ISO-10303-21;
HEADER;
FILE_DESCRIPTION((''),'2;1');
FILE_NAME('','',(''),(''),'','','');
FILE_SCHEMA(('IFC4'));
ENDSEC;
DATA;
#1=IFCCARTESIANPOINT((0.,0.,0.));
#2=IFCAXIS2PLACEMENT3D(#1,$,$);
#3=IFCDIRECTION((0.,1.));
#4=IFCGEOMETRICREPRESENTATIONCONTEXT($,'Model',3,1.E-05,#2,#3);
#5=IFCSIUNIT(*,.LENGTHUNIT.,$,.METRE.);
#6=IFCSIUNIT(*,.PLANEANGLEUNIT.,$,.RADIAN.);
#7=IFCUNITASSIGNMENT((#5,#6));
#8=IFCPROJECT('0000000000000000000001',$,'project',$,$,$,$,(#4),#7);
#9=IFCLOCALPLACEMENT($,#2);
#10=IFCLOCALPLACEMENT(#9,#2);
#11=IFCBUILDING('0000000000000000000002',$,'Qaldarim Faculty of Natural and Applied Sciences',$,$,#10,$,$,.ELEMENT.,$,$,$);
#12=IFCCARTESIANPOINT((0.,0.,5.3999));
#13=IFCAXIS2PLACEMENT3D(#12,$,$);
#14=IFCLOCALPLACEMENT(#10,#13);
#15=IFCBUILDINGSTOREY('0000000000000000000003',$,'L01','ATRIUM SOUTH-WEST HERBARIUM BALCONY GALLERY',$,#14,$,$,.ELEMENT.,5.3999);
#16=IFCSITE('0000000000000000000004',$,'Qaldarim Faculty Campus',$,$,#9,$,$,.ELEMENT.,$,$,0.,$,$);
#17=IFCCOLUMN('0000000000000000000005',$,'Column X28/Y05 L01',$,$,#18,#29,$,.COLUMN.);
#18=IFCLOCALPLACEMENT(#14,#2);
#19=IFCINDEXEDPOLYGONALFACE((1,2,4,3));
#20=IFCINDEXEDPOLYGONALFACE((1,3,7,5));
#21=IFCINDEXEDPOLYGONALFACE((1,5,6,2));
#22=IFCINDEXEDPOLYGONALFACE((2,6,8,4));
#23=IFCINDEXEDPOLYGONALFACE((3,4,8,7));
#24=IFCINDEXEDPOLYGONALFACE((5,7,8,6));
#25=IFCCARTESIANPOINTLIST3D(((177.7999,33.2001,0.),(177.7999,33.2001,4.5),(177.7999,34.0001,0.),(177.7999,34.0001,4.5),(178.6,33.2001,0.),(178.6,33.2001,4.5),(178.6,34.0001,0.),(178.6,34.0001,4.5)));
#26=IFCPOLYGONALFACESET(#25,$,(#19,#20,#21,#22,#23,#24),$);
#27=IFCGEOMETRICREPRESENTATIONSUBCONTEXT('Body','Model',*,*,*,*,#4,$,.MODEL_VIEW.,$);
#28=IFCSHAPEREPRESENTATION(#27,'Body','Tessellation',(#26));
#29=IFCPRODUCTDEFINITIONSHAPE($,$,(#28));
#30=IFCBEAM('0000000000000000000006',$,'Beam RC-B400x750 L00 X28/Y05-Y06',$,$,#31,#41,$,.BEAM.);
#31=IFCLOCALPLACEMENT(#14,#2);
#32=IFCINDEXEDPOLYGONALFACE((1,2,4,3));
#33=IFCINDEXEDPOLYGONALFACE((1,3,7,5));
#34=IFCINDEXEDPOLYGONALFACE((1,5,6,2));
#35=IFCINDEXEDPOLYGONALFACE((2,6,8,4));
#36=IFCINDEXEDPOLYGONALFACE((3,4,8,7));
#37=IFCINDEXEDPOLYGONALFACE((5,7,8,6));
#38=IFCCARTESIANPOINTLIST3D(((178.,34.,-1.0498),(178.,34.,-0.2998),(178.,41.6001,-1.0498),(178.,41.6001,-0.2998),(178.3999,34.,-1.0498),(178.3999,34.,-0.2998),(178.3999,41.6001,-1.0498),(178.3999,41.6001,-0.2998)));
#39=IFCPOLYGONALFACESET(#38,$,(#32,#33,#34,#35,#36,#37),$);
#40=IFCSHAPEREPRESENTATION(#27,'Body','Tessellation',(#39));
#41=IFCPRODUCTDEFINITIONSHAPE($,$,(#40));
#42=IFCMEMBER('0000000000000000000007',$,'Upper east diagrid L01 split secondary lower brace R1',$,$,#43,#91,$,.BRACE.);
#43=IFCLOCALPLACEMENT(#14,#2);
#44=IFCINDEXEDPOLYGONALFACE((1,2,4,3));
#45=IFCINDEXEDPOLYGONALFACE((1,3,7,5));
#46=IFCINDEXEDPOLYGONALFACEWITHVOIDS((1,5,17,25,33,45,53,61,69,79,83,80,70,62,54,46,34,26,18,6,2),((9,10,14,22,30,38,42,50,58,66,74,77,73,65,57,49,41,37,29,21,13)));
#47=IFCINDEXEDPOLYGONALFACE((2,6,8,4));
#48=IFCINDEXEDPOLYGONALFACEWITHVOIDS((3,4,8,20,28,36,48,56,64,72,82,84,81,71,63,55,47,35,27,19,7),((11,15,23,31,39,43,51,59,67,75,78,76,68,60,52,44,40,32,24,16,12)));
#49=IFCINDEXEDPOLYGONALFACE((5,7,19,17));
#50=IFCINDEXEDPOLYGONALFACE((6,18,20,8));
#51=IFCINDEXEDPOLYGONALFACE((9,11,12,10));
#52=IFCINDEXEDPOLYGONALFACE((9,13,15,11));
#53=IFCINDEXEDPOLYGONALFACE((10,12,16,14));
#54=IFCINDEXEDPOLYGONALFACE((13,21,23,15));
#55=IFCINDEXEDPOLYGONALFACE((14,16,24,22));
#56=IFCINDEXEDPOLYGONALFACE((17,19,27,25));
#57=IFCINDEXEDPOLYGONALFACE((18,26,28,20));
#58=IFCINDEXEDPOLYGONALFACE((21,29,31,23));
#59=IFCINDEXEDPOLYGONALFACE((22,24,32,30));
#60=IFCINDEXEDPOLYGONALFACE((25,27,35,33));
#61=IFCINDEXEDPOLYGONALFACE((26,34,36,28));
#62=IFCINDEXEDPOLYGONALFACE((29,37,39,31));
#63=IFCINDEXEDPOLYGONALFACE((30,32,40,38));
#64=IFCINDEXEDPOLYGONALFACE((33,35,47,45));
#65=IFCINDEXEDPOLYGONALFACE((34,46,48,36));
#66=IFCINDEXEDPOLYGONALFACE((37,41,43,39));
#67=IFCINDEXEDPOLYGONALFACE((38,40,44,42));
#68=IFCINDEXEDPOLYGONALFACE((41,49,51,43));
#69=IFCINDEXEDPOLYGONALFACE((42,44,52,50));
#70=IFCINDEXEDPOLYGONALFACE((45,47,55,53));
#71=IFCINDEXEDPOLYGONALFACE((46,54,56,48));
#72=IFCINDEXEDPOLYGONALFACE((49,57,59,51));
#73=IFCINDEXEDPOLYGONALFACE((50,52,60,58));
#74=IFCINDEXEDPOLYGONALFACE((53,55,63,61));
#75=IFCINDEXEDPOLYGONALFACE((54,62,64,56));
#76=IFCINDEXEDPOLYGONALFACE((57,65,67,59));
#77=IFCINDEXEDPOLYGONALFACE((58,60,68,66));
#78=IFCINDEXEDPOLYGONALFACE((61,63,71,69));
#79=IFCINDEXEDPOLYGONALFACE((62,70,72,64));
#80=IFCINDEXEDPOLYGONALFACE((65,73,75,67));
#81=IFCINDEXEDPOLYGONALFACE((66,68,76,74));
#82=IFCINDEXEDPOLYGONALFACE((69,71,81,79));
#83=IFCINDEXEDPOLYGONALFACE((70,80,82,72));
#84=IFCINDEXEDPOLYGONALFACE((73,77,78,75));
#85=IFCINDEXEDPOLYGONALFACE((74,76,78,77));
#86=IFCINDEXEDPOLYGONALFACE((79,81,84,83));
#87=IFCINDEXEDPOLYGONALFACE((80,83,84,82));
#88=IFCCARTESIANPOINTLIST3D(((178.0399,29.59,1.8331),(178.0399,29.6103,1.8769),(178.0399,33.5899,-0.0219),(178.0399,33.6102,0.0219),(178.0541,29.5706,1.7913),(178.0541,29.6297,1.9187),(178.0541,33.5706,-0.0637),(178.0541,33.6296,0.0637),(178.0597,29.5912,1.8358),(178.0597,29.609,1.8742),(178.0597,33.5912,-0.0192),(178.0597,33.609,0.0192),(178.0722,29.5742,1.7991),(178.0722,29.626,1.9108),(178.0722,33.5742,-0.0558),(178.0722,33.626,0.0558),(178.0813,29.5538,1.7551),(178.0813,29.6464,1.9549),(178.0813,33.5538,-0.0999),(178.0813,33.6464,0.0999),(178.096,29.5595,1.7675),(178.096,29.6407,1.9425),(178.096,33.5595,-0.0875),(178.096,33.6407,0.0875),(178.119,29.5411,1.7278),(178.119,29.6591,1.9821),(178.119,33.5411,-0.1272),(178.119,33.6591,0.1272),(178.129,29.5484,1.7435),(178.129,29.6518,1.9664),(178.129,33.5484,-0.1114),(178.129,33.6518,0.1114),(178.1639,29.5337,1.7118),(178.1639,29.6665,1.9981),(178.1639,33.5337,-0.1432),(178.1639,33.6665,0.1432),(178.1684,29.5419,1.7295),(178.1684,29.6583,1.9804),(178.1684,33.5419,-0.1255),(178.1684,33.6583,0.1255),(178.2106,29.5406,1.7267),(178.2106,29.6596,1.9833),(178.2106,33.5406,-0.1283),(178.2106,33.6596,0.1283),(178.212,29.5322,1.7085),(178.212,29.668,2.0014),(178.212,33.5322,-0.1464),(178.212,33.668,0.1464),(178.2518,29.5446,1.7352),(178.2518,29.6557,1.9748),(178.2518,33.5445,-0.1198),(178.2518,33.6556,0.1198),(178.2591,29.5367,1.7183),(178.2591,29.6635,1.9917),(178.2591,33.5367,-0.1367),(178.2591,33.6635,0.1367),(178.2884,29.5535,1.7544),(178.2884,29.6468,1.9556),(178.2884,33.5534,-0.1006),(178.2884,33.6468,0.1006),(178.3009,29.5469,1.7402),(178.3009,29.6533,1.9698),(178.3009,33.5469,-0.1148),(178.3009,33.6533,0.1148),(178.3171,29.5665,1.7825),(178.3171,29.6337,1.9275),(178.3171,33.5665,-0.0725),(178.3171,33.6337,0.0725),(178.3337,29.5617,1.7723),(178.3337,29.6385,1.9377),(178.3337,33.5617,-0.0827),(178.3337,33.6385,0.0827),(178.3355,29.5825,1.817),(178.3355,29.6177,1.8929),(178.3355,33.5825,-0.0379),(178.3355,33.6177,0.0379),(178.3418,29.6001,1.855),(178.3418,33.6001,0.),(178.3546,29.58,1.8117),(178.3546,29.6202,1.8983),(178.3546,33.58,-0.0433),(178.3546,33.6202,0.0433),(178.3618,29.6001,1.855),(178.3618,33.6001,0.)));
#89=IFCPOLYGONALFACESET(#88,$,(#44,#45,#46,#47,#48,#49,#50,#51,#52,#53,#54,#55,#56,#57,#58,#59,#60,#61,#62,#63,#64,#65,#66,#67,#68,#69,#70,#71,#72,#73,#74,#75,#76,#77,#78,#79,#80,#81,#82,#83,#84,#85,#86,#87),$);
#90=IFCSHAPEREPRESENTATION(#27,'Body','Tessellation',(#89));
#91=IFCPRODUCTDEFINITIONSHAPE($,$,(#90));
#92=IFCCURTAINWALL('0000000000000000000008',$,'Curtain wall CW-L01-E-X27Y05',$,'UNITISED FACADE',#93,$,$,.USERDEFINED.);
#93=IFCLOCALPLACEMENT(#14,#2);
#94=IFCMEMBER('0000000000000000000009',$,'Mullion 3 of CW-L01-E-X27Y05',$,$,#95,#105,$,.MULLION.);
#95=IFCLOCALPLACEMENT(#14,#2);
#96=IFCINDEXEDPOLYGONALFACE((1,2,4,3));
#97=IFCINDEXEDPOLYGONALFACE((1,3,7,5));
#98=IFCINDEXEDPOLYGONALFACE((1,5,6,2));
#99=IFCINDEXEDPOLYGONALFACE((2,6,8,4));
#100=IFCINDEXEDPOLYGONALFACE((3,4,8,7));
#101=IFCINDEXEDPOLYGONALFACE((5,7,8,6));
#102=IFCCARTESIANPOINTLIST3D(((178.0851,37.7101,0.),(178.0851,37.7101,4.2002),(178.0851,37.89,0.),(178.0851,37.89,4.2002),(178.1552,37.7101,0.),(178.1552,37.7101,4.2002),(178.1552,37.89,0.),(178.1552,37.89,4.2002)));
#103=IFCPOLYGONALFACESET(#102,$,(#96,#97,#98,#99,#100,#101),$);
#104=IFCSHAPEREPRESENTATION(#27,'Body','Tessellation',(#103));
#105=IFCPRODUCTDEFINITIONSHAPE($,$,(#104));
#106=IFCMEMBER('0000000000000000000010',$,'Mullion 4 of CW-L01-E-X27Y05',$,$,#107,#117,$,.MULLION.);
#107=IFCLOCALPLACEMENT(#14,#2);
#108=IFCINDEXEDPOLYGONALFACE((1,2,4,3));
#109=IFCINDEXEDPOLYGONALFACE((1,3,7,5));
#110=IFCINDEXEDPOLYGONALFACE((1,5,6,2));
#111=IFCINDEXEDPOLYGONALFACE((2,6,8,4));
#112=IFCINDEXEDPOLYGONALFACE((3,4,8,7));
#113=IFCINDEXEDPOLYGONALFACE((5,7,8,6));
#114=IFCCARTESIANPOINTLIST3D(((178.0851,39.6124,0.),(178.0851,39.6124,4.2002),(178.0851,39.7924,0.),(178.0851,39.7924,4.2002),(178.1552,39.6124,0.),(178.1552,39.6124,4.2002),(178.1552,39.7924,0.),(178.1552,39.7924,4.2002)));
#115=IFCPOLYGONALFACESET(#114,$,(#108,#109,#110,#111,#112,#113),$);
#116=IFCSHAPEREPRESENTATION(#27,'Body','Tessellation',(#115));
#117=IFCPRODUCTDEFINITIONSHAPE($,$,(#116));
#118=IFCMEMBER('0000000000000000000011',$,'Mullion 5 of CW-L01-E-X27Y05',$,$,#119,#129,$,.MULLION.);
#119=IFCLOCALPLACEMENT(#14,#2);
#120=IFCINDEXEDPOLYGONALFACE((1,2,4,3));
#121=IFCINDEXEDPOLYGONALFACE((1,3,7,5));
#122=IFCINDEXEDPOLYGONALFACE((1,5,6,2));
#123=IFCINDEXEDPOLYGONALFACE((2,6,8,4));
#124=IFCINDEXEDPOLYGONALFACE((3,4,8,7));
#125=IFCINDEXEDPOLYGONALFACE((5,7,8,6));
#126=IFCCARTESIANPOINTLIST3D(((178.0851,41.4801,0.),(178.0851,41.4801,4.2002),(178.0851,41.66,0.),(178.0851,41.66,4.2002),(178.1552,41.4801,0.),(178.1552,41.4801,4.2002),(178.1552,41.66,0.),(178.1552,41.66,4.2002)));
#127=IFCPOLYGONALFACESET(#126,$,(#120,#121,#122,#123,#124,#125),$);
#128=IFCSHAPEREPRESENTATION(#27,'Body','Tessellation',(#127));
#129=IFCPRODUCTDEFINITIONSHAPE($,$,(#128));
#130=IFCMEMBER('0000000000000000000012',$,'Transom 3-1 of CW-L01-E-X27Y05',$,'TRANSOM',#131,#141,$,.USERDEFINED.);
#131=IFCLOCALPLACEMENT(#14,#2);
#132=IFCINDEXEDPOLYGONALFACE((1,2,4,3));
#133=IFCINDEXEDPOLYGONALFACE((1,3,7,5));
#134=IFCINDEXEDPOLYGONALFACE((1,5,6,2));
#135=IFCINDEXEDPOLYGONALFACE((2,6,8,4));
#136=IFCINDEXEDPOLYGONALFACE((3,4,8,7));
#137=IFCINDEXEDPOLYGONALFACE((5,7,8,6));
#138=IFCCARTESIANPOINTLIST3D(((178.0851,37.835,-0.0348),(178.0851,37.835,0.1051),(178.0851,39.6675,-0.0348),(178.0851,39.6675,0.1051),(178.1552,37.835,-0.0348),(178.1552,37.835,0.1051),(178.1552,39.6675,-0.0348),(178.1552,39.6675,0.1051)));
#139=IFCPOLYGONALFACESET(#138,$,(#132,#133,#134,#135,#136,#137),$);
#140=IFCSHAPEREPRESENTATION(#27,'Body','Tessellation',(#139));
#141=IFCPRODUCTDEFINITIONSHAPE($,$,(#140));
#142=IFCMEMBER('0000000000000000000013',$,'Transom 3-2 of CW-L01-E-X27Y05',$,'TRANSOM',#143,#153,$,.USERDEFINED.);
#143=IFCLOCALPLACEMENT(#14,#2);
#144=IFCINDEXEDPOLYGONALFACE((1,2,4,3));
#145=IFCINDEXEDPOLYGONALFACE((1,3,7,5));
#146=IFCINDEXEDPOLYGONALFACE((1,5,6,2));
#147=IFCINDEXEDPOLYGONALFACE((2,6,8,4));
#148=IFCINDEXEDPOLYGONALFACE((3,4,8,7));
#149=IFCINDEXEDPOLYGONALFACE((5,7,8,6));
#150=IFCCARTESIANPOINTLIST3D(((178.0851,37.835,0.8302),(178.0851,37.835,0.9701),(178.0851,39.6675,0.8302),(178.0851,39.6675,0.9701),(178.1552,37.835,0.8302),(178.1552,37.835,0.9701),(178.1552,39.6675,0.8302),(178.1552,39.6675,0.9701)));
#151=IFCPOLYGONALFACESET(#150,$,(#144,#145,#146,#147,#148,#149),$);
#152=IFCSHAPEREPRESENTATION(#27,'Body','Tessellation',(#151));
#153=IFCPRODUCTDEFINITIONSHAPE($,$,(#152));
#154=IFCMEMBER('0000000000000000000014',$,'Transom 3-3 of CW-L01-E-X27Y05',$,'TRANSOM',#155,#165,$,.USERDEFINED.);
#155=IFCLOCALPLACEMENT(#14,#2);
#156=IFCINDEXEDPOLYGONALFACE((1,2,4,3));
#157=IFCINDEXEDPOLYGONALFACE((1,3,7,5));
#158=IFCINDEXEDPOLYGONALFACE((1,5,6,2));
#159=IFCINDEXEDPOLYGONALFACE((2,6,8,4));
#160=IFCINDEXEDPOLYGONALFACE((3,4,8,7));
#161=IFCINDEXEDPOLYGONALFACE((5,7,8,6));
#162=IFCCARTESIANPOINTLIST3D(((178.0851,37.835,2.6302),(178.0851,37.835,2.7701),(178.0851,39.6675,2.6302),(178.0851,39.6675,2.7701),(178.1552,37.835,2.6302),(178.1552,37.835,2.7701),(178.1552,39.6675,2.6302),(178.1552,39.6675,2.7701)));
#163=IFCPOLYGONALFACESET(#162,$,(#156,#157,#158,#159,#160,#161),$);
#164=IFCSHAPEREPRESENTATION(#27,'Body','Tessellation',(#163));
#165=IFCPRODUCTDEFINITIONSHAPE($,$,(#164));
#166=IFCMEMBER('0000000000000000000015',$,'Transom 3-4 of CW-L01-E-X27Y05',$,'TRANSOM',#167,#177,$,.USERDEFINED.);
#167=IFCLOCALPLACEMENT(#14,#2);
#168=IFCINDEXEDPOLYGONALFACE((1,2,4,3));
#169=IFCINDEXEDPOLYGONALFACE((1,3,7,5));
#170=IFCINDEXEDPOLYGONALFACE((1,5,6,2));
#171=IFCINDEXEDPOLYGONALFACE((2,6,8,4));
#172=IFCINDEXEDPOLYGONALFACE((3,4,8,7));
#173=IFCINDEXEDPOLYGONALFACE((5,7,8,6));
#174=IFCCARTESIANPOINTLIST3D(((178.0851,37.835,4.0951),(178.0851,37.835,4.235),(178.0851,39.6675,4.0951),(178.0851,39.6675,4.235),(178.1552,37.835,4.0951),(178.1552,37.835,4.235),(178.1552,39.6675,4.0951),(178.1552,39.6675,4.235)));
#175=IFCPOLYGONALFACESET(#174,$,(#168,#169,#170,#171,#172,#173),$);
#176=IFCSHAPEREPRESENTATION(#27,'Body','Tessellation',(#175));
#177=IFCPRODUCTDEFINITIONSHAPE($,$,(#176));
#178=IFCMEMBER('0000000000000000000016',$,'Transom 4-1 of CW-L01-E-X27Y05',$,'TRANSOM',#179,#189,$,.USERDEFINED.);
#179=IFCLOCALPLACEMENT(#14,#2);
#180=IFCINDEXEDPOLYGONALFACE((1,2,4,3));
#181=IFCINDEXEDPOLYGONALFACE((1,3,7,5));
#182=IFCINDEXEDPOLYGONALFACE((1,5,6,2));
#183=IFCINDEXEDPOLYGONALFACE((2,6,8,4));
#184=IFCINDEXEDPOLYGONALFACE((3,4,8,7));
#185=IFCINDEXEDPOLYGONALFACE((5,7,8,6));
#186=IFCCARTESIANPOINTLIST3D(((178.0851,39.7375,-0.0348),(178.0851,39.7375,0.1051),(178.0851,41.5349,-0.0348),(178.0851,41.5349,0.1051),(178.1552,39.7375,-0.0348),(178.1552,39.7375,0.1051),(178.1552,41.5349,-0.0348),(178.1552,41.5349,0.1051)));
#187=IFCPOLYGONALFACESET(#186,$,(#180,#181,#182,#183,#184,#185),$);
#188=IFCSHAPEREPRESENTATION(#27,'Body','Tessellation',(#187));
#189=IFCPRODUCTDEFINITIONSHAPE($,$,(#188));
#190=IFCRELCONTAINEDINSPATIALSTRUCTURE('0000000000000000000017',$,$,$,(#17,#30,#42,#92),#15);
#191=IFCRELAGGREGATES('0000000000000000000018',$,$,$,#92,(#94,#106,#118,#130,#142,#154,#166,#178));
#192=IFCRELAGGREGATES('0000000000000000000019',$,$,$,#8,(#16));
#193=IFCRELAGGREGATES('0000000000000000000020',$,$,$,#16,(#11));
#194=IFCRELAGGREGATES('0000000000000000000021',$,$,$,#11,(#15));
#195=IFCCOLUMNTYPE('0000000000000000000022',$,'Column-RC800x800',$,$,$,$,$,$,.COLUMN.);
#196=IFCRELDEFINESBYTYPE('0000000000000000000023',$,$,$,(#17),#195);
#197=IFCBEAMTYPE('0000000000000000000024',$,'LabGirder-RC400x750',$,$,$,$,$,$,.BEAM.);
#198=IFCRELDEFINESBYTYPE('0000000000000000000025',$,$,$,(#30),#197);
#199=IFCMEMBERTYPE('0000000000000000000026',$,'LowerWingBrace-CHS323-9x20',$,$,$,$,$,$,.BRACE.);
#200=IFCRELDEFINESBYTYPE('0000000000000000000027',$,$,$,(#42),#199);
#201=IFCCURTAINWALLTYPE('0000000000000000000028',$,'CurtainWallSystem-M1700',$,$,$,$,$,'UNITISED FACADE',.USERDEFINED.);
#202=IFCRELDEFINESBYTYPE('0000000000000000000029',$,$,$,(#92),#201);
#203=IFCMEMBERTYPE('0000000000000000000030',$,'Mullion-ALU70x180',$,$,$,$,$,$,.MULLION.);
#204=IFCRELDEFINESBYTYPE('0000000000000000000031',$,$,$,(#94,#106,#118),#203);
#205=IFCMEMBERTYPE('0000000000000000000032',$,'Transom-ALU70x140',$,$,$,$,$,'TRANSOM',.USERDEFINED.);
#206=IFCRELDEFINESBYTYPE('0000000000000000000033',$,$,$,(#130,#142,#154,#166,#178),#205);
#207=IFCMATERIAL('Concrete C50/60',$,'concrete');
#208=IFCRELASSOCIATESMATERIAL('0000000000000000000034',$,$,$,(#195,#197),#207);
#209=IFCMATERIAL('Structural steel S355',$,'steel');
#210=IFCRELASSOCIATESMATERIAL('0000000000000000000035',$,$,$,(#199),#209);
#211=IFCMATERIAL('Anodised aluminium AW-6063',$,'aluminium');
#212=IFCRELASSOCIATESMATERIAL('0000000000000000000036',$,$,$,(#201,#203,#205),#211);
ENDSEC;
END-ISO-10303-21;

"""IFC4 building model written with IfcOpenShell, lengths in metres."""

from ifc_helpers import new_model, si_unit, direction, frame, origin, origin_2d, place, context, subcontext, project, spatial, rectangle, hollow_circle, extrude, material, material_profile, profile_set, type_object, element, aggregate, save


model = new_model("IFC4")

# Units and contexts
model_context = context("Model", 3, precision=1e-05, world=origin(), true_north=direction((0.0, 1.0)))
body_context = subcontext(model_context, "Body", "Model", "MODEL_VIEW")
ifc_project = project(units=[si_unit("LENGTHUNIT", "METRE"), si_unit("PLANEANGLEUNIT", "RADIAN")], contexts=[model_context])

# Site, building, storey
site_placement = place(None, origin())
site = spatial("IfcSite", under=ifc_project, at=site_placement, Name="Qaldarim Faculty Campus", CompositionType="ELEMENT", RefElevation=0.0)
building_placement = place(site_placement, origin())
building = spatial("IfcBuilding", under=site, at=building_placement, Name="Qaldarim Faculty of Natural and Applied Sciences", CompositionType="ELEMENT")
storey_placement = place(building_placement, frame((0.0, 0.0, 5.3999)))
storey = spatial("IfcBuildingStorey", under=building, at=storey_placement, Name="L01", Description="ATRIUM SOUTH-WEST HERBARIUM BALCONY GALLERY", CompositionType="ELEMENT", Elevation=5.3999)

# Column
ifc_material_1 = material(Name="Concrete C50/60", Category="concrete")
ifc_material_profile_1 = material_profile(ifc_material_1, rectangle(XDim=0.8, YDim=0.8, at=origin_2d()), Name="RC-C800x800")
ifc_profile_set_1 = profile_set([ifc_material_profile_1], Name="Concrete C50/60")
column_type = type_object("IfcColumnType", Name="Column-RC800x800", PredefinedType="COLUMN", material=ifc_profile_set_1)
column_placement = place(storey_placement, frame((178.2, 33.6001, 0.0), z_axis=(0.0, 0.0, 1.0), x_axis=(1.0, 0.0, 0.0)))
element("IfcColumn", 1, at=column_placement, inside=storey, type_object=column_type, Name="Column X28/Y05 L01", PredefinedType="COLUMN", context=body_context, shape_type="SweptSolid", body=[
    extrude(rectangle(XDim=0.8, YDim=0.8, at=origin_2d()), origin(), (0.0, 0.0, 1.0), 4.5),
])

# Beam
ifc_material_profile_2 = material_profile(ifc_material_1, rectangle(XDim=0.3999, YDim=0.75, at=origin_2d()), Name="RC-B400x750")
ifc_profile_set_2 = profile_set([ifc_material_profile_2], Name="Concrete C50/60")
beam_type = type_object("IfcBeamType", Name="LabGirder-RC400x750", PredefinedType="BEAM", material=ifc_profile_set_2)
beam_placement = place(storey_placement, frame((178.2, 34.0, -0.6748), z_axis=(0.0, 1.0, 0.0), x_axis=(-1.0, 0.0, 0.0)))
element("IfcBeam", 2, at=beam_placement, inside=storey, type_object=beam_type, Name="Beam RC-B400x750 L00 X28/Y05-Y06", PredefinedType="BEAM", context=body_context, shape_type="SweptSolid", body=[
    extrude(rectangle(XDim=0.3999, YDim=0.75, at=origin_2d()), origin(), (0.0, 0.0, 1.0), 7.6001),
])

# Member
ifc_material_2 = material(Name="Structural steel S355", Category="steel")
ifc_material_profile_3 = material_profile(ifc_material_2, hollow_circle(Radius=0.1619, WallThickness=0.02, at=origin_2d()), Name="CHS 323.9x20.0")
ifc_profile_set_3 = profile_set([ifc_material_profile_3], Name="Structural steel S355")
member_type_1 = type_object("IfcMemberType", Name="LowerWingBrace-CHS323-9x20", PredefinedType="BRACE", material=ifc_profile_set_3)
member_1_placement = place(storey_placement, frame((178.2, 33.6001, 0.0), z_axis=(0.0, -0.907196, 0.420708), x_axis=(1.0, 0.0, 0.0)))
element("IfcMember", 3, at=member_1_placement, inside=storey, type_object=member_type_1, Name="Upper east diagrid L01 split secondary lower brace R1", PredefinedType="BRACE", context=body_context, shape_type="SweptSolid", body=[
    extrude(hollow_circle(Radius=0.1619, WallThickness=0.02, at=origin_2d()), origin(), (0.0, 0.0, 1.0), 4.4092),
])

# Curtain wall, members
ifc_material_3 = material(Name="Anodised aluminium AW-6063", Category="aluminium")
curtain_wall_type = type_object("IfcCurtainWallType", Name="CurtainWallSystem-M1700", ElementType="UNITISED FACADE", PredefinedType="USERDEFINED", material=ifc_material_3)
curtain_wall_placement = place(storey_placement, origin())
curtain_wall = element("IfcCurtainWall", 4, at=curtain_wall_placement, inside=storey, type_object=curtain_wall_type, Name="Curtain wall CW-L01-E-X27Y05", ObjectType="UNITISED FACADE", PredefinedType="USERDEFINED")
ifc_material_profile_4 = material_profile(ifc_material_3, rectangle(XDim=0.0701, YDim=0.1799, at=origin_2d()), Name="ALU-M70x180")
ifc_profile_set_4 = profile_set([ifc_material_profile_4], Name="Anodised aluminium AW-6063")
member_type_2 = type_object("IfcMemberType", Name="Mullion-ALU70x180", PredefinedType="MULLION", material=ifc_profile_set_4)
member_2_placement = place(storey_placement, frame((178.1201, 37.8, 0.0), z_axis=(0.0, 0.0, 1.0), x_axis=(-1.0, 0.0, 0.0)))
member_2 = element("IfcMember", 5, at=member_2_placement, type_object=member_type_2, Name="Mullion 3 of CW-L01-E-X27Y05", PredefinedType="MULLION", context=body_context, shape_type="SweptSolid", body=[
    extrude(rectangle(XDim=0.0701, YDim=0.1799, at=origin_2d()), origin(), (0.0, 0.0, 1.0), 4.2002),
])
member_3_placement = place(storey_placement, frame((178.1201, 39.7024, 0.0), z_axis=(0.0, 0.0, 1.0), x_axis=(-1.0, 0.0, 0.0)))
member_3 = element("IfcMember", 6, at=member_3_placement, type_object=member_type_2, Name="Mullion 4 of CW-L01-E-X27Y05", PredefinedType="MULLION", context=body_context, shape_type="SweptSolid", body=[
    extrude(rectangle(XDim=0.0701, YDim=0.1799, at=origin_2d()), origin(), (0.0, 0.0, 1.0), 4.2002),
])
member_4_placement = place(storey_placement, frame((178.1201, 41.5701, 0.0), z_axis=(0.0, 0.0, 1.0), x_axis=(-1.0, 0.0, 0.0)))
member_4 = element("IfcMember", 7, at=member_4_placement, type_object=member_type_2, Name="Mullion 5 of CW-L01-E-X27Y05", PredefinedType="MULLION", context=body_context, shape_type="SweptSolid", body=[
    extrude(rectangle(XDim=0.0701, YDim=0.1799, at=origin_2d()), origin(), (0.0, 0.0, 1.0), 4.2002),
])
ifc_material_profile_5 = material_profile(ifc_material_3, rectangle(XDim=0.0701, YDim=0.1399, at=origin_2d()), Name="ALU-T70x140")
ifc_profile_set_5 = profile_set([ifc_material_profile_5], Name="Anodised aluminium AW-6063")
member_type_3 = type_object("IfcMemberType", Name="Transom-ALU70x140", ElementType="TRANSOM", PredefinedType="USERDEFINED", material=ifc_profile_set_5)
member_5_placement = place(storey_placement, frame((178.1201, 37.835, 0.0352), z_axis=(0.0, 1.0, 0.0), x_axis=(-1.0, 0.0, 0.0)))
member_5 = element("IfcMember", 8, at=member_5_placement, type_object=member_type_3, Name="Transom 3-1 of CW-L01-E-X27Y05", ObjectType="TRANSOM", PredefinedType="USERDEFINED", context=body_context, shape_type="SweptSolid", body=[
    extrude(rectangle(XDim=0.0701, YDim=0.1399, at=origin_2d()), origin(), (0.0, 0.0, 1.0), 1.8325),
])
member_6_placement = place(storey_placement, frame((178.1201, 37.835, 0.9001), z_axis=(0.0, 1.0, 0.0), x_axis=(-1.0, 0.0, 0.0)))
member_6 = element("IfcMember", 9, at=member_6_placement, type_object=member_type_3, Name="Transom 3-2 of CW-L01-E-X27Y05", ObjectType="TRANSOM", PredefinedType="USERDEFINED", context=body_context, shape_type="SweptSolid", body=[
    extrude(rectangle(XDim=0.0701, YDim=0.1399, at=origin_2d()), origin(), (0.0, 0.0, 1.0), 1.8325),
])
member_7_placement = place(storey_placement, frame((178.1201, 37.835, 2.7002), z_axis=(0.0, 1.0, 0.0), x_axis=(-1.0, 0.0, 0.0)))
member_7 = element("IfcMember", 10, at=member_7_placement, type_object=member_type_3, Name="Transom 3-3 of CW-L01-E-X27Y05", ObjectType="TRANSOM", PredefinedType="USERDEFINED", context=body_context, shape_type="SweptSolid", body=[
    extrude(rectangle(XDim=0.0701, YDim=0.1399, at=origin_2d()), origin(), (0.0, 0.0, 1.0), 1.8325),
])
member_8_placement = place(storey_placement, frame((178.1201, 37.835, 4.165), z_axis=(0.0, 1.0, 0.0), x_axis=(-1.0, 0.0, 0.0)))
member_8 = element("IfcMember", 11, at=member_8_placement, type_object=member_type_3, Name="Transom 3-4 of CW-L01-E-X27Y05", ObjectType="TRANSOM", PredefinedType="USERDEFINED", context=body_context, shape_type="SweptSolid", body=[
    extrude(rectangle(XDim=0.0701, YDim=0.1399, at=origin_2d()), origin(), (0.0, 0.0, 1.0), 1.8325),
])
member_9_placement = place(storey_placement, frame((178.1201, 39.7375, 0.0352), z_axis=(0.0, 1.0, 0.0), x_axis=(-1.0, 0.0, 0.0)))
member_9 = element("IfcMember", 12, at=member_9_placement, type_object=member_type_3, Name="Transom 4-1 of CW-L01-E-X27Y05", ObjectType="TRANSOM", PredefinedType="USERDEFINED", context=body_context, shape_type="SweptSolid", body=[
    extrude(rectangle(XDim=0.0701, YDim=0.1399, at=origin_2d()), origin(), (0.0, 0.0, 1.0), 1.7974),
])

aggregate(curtain_wall, [member_2, member_3, member_4, member_5, member_6, member_7, member_8, member_9])

save(model, "model.ifc")
